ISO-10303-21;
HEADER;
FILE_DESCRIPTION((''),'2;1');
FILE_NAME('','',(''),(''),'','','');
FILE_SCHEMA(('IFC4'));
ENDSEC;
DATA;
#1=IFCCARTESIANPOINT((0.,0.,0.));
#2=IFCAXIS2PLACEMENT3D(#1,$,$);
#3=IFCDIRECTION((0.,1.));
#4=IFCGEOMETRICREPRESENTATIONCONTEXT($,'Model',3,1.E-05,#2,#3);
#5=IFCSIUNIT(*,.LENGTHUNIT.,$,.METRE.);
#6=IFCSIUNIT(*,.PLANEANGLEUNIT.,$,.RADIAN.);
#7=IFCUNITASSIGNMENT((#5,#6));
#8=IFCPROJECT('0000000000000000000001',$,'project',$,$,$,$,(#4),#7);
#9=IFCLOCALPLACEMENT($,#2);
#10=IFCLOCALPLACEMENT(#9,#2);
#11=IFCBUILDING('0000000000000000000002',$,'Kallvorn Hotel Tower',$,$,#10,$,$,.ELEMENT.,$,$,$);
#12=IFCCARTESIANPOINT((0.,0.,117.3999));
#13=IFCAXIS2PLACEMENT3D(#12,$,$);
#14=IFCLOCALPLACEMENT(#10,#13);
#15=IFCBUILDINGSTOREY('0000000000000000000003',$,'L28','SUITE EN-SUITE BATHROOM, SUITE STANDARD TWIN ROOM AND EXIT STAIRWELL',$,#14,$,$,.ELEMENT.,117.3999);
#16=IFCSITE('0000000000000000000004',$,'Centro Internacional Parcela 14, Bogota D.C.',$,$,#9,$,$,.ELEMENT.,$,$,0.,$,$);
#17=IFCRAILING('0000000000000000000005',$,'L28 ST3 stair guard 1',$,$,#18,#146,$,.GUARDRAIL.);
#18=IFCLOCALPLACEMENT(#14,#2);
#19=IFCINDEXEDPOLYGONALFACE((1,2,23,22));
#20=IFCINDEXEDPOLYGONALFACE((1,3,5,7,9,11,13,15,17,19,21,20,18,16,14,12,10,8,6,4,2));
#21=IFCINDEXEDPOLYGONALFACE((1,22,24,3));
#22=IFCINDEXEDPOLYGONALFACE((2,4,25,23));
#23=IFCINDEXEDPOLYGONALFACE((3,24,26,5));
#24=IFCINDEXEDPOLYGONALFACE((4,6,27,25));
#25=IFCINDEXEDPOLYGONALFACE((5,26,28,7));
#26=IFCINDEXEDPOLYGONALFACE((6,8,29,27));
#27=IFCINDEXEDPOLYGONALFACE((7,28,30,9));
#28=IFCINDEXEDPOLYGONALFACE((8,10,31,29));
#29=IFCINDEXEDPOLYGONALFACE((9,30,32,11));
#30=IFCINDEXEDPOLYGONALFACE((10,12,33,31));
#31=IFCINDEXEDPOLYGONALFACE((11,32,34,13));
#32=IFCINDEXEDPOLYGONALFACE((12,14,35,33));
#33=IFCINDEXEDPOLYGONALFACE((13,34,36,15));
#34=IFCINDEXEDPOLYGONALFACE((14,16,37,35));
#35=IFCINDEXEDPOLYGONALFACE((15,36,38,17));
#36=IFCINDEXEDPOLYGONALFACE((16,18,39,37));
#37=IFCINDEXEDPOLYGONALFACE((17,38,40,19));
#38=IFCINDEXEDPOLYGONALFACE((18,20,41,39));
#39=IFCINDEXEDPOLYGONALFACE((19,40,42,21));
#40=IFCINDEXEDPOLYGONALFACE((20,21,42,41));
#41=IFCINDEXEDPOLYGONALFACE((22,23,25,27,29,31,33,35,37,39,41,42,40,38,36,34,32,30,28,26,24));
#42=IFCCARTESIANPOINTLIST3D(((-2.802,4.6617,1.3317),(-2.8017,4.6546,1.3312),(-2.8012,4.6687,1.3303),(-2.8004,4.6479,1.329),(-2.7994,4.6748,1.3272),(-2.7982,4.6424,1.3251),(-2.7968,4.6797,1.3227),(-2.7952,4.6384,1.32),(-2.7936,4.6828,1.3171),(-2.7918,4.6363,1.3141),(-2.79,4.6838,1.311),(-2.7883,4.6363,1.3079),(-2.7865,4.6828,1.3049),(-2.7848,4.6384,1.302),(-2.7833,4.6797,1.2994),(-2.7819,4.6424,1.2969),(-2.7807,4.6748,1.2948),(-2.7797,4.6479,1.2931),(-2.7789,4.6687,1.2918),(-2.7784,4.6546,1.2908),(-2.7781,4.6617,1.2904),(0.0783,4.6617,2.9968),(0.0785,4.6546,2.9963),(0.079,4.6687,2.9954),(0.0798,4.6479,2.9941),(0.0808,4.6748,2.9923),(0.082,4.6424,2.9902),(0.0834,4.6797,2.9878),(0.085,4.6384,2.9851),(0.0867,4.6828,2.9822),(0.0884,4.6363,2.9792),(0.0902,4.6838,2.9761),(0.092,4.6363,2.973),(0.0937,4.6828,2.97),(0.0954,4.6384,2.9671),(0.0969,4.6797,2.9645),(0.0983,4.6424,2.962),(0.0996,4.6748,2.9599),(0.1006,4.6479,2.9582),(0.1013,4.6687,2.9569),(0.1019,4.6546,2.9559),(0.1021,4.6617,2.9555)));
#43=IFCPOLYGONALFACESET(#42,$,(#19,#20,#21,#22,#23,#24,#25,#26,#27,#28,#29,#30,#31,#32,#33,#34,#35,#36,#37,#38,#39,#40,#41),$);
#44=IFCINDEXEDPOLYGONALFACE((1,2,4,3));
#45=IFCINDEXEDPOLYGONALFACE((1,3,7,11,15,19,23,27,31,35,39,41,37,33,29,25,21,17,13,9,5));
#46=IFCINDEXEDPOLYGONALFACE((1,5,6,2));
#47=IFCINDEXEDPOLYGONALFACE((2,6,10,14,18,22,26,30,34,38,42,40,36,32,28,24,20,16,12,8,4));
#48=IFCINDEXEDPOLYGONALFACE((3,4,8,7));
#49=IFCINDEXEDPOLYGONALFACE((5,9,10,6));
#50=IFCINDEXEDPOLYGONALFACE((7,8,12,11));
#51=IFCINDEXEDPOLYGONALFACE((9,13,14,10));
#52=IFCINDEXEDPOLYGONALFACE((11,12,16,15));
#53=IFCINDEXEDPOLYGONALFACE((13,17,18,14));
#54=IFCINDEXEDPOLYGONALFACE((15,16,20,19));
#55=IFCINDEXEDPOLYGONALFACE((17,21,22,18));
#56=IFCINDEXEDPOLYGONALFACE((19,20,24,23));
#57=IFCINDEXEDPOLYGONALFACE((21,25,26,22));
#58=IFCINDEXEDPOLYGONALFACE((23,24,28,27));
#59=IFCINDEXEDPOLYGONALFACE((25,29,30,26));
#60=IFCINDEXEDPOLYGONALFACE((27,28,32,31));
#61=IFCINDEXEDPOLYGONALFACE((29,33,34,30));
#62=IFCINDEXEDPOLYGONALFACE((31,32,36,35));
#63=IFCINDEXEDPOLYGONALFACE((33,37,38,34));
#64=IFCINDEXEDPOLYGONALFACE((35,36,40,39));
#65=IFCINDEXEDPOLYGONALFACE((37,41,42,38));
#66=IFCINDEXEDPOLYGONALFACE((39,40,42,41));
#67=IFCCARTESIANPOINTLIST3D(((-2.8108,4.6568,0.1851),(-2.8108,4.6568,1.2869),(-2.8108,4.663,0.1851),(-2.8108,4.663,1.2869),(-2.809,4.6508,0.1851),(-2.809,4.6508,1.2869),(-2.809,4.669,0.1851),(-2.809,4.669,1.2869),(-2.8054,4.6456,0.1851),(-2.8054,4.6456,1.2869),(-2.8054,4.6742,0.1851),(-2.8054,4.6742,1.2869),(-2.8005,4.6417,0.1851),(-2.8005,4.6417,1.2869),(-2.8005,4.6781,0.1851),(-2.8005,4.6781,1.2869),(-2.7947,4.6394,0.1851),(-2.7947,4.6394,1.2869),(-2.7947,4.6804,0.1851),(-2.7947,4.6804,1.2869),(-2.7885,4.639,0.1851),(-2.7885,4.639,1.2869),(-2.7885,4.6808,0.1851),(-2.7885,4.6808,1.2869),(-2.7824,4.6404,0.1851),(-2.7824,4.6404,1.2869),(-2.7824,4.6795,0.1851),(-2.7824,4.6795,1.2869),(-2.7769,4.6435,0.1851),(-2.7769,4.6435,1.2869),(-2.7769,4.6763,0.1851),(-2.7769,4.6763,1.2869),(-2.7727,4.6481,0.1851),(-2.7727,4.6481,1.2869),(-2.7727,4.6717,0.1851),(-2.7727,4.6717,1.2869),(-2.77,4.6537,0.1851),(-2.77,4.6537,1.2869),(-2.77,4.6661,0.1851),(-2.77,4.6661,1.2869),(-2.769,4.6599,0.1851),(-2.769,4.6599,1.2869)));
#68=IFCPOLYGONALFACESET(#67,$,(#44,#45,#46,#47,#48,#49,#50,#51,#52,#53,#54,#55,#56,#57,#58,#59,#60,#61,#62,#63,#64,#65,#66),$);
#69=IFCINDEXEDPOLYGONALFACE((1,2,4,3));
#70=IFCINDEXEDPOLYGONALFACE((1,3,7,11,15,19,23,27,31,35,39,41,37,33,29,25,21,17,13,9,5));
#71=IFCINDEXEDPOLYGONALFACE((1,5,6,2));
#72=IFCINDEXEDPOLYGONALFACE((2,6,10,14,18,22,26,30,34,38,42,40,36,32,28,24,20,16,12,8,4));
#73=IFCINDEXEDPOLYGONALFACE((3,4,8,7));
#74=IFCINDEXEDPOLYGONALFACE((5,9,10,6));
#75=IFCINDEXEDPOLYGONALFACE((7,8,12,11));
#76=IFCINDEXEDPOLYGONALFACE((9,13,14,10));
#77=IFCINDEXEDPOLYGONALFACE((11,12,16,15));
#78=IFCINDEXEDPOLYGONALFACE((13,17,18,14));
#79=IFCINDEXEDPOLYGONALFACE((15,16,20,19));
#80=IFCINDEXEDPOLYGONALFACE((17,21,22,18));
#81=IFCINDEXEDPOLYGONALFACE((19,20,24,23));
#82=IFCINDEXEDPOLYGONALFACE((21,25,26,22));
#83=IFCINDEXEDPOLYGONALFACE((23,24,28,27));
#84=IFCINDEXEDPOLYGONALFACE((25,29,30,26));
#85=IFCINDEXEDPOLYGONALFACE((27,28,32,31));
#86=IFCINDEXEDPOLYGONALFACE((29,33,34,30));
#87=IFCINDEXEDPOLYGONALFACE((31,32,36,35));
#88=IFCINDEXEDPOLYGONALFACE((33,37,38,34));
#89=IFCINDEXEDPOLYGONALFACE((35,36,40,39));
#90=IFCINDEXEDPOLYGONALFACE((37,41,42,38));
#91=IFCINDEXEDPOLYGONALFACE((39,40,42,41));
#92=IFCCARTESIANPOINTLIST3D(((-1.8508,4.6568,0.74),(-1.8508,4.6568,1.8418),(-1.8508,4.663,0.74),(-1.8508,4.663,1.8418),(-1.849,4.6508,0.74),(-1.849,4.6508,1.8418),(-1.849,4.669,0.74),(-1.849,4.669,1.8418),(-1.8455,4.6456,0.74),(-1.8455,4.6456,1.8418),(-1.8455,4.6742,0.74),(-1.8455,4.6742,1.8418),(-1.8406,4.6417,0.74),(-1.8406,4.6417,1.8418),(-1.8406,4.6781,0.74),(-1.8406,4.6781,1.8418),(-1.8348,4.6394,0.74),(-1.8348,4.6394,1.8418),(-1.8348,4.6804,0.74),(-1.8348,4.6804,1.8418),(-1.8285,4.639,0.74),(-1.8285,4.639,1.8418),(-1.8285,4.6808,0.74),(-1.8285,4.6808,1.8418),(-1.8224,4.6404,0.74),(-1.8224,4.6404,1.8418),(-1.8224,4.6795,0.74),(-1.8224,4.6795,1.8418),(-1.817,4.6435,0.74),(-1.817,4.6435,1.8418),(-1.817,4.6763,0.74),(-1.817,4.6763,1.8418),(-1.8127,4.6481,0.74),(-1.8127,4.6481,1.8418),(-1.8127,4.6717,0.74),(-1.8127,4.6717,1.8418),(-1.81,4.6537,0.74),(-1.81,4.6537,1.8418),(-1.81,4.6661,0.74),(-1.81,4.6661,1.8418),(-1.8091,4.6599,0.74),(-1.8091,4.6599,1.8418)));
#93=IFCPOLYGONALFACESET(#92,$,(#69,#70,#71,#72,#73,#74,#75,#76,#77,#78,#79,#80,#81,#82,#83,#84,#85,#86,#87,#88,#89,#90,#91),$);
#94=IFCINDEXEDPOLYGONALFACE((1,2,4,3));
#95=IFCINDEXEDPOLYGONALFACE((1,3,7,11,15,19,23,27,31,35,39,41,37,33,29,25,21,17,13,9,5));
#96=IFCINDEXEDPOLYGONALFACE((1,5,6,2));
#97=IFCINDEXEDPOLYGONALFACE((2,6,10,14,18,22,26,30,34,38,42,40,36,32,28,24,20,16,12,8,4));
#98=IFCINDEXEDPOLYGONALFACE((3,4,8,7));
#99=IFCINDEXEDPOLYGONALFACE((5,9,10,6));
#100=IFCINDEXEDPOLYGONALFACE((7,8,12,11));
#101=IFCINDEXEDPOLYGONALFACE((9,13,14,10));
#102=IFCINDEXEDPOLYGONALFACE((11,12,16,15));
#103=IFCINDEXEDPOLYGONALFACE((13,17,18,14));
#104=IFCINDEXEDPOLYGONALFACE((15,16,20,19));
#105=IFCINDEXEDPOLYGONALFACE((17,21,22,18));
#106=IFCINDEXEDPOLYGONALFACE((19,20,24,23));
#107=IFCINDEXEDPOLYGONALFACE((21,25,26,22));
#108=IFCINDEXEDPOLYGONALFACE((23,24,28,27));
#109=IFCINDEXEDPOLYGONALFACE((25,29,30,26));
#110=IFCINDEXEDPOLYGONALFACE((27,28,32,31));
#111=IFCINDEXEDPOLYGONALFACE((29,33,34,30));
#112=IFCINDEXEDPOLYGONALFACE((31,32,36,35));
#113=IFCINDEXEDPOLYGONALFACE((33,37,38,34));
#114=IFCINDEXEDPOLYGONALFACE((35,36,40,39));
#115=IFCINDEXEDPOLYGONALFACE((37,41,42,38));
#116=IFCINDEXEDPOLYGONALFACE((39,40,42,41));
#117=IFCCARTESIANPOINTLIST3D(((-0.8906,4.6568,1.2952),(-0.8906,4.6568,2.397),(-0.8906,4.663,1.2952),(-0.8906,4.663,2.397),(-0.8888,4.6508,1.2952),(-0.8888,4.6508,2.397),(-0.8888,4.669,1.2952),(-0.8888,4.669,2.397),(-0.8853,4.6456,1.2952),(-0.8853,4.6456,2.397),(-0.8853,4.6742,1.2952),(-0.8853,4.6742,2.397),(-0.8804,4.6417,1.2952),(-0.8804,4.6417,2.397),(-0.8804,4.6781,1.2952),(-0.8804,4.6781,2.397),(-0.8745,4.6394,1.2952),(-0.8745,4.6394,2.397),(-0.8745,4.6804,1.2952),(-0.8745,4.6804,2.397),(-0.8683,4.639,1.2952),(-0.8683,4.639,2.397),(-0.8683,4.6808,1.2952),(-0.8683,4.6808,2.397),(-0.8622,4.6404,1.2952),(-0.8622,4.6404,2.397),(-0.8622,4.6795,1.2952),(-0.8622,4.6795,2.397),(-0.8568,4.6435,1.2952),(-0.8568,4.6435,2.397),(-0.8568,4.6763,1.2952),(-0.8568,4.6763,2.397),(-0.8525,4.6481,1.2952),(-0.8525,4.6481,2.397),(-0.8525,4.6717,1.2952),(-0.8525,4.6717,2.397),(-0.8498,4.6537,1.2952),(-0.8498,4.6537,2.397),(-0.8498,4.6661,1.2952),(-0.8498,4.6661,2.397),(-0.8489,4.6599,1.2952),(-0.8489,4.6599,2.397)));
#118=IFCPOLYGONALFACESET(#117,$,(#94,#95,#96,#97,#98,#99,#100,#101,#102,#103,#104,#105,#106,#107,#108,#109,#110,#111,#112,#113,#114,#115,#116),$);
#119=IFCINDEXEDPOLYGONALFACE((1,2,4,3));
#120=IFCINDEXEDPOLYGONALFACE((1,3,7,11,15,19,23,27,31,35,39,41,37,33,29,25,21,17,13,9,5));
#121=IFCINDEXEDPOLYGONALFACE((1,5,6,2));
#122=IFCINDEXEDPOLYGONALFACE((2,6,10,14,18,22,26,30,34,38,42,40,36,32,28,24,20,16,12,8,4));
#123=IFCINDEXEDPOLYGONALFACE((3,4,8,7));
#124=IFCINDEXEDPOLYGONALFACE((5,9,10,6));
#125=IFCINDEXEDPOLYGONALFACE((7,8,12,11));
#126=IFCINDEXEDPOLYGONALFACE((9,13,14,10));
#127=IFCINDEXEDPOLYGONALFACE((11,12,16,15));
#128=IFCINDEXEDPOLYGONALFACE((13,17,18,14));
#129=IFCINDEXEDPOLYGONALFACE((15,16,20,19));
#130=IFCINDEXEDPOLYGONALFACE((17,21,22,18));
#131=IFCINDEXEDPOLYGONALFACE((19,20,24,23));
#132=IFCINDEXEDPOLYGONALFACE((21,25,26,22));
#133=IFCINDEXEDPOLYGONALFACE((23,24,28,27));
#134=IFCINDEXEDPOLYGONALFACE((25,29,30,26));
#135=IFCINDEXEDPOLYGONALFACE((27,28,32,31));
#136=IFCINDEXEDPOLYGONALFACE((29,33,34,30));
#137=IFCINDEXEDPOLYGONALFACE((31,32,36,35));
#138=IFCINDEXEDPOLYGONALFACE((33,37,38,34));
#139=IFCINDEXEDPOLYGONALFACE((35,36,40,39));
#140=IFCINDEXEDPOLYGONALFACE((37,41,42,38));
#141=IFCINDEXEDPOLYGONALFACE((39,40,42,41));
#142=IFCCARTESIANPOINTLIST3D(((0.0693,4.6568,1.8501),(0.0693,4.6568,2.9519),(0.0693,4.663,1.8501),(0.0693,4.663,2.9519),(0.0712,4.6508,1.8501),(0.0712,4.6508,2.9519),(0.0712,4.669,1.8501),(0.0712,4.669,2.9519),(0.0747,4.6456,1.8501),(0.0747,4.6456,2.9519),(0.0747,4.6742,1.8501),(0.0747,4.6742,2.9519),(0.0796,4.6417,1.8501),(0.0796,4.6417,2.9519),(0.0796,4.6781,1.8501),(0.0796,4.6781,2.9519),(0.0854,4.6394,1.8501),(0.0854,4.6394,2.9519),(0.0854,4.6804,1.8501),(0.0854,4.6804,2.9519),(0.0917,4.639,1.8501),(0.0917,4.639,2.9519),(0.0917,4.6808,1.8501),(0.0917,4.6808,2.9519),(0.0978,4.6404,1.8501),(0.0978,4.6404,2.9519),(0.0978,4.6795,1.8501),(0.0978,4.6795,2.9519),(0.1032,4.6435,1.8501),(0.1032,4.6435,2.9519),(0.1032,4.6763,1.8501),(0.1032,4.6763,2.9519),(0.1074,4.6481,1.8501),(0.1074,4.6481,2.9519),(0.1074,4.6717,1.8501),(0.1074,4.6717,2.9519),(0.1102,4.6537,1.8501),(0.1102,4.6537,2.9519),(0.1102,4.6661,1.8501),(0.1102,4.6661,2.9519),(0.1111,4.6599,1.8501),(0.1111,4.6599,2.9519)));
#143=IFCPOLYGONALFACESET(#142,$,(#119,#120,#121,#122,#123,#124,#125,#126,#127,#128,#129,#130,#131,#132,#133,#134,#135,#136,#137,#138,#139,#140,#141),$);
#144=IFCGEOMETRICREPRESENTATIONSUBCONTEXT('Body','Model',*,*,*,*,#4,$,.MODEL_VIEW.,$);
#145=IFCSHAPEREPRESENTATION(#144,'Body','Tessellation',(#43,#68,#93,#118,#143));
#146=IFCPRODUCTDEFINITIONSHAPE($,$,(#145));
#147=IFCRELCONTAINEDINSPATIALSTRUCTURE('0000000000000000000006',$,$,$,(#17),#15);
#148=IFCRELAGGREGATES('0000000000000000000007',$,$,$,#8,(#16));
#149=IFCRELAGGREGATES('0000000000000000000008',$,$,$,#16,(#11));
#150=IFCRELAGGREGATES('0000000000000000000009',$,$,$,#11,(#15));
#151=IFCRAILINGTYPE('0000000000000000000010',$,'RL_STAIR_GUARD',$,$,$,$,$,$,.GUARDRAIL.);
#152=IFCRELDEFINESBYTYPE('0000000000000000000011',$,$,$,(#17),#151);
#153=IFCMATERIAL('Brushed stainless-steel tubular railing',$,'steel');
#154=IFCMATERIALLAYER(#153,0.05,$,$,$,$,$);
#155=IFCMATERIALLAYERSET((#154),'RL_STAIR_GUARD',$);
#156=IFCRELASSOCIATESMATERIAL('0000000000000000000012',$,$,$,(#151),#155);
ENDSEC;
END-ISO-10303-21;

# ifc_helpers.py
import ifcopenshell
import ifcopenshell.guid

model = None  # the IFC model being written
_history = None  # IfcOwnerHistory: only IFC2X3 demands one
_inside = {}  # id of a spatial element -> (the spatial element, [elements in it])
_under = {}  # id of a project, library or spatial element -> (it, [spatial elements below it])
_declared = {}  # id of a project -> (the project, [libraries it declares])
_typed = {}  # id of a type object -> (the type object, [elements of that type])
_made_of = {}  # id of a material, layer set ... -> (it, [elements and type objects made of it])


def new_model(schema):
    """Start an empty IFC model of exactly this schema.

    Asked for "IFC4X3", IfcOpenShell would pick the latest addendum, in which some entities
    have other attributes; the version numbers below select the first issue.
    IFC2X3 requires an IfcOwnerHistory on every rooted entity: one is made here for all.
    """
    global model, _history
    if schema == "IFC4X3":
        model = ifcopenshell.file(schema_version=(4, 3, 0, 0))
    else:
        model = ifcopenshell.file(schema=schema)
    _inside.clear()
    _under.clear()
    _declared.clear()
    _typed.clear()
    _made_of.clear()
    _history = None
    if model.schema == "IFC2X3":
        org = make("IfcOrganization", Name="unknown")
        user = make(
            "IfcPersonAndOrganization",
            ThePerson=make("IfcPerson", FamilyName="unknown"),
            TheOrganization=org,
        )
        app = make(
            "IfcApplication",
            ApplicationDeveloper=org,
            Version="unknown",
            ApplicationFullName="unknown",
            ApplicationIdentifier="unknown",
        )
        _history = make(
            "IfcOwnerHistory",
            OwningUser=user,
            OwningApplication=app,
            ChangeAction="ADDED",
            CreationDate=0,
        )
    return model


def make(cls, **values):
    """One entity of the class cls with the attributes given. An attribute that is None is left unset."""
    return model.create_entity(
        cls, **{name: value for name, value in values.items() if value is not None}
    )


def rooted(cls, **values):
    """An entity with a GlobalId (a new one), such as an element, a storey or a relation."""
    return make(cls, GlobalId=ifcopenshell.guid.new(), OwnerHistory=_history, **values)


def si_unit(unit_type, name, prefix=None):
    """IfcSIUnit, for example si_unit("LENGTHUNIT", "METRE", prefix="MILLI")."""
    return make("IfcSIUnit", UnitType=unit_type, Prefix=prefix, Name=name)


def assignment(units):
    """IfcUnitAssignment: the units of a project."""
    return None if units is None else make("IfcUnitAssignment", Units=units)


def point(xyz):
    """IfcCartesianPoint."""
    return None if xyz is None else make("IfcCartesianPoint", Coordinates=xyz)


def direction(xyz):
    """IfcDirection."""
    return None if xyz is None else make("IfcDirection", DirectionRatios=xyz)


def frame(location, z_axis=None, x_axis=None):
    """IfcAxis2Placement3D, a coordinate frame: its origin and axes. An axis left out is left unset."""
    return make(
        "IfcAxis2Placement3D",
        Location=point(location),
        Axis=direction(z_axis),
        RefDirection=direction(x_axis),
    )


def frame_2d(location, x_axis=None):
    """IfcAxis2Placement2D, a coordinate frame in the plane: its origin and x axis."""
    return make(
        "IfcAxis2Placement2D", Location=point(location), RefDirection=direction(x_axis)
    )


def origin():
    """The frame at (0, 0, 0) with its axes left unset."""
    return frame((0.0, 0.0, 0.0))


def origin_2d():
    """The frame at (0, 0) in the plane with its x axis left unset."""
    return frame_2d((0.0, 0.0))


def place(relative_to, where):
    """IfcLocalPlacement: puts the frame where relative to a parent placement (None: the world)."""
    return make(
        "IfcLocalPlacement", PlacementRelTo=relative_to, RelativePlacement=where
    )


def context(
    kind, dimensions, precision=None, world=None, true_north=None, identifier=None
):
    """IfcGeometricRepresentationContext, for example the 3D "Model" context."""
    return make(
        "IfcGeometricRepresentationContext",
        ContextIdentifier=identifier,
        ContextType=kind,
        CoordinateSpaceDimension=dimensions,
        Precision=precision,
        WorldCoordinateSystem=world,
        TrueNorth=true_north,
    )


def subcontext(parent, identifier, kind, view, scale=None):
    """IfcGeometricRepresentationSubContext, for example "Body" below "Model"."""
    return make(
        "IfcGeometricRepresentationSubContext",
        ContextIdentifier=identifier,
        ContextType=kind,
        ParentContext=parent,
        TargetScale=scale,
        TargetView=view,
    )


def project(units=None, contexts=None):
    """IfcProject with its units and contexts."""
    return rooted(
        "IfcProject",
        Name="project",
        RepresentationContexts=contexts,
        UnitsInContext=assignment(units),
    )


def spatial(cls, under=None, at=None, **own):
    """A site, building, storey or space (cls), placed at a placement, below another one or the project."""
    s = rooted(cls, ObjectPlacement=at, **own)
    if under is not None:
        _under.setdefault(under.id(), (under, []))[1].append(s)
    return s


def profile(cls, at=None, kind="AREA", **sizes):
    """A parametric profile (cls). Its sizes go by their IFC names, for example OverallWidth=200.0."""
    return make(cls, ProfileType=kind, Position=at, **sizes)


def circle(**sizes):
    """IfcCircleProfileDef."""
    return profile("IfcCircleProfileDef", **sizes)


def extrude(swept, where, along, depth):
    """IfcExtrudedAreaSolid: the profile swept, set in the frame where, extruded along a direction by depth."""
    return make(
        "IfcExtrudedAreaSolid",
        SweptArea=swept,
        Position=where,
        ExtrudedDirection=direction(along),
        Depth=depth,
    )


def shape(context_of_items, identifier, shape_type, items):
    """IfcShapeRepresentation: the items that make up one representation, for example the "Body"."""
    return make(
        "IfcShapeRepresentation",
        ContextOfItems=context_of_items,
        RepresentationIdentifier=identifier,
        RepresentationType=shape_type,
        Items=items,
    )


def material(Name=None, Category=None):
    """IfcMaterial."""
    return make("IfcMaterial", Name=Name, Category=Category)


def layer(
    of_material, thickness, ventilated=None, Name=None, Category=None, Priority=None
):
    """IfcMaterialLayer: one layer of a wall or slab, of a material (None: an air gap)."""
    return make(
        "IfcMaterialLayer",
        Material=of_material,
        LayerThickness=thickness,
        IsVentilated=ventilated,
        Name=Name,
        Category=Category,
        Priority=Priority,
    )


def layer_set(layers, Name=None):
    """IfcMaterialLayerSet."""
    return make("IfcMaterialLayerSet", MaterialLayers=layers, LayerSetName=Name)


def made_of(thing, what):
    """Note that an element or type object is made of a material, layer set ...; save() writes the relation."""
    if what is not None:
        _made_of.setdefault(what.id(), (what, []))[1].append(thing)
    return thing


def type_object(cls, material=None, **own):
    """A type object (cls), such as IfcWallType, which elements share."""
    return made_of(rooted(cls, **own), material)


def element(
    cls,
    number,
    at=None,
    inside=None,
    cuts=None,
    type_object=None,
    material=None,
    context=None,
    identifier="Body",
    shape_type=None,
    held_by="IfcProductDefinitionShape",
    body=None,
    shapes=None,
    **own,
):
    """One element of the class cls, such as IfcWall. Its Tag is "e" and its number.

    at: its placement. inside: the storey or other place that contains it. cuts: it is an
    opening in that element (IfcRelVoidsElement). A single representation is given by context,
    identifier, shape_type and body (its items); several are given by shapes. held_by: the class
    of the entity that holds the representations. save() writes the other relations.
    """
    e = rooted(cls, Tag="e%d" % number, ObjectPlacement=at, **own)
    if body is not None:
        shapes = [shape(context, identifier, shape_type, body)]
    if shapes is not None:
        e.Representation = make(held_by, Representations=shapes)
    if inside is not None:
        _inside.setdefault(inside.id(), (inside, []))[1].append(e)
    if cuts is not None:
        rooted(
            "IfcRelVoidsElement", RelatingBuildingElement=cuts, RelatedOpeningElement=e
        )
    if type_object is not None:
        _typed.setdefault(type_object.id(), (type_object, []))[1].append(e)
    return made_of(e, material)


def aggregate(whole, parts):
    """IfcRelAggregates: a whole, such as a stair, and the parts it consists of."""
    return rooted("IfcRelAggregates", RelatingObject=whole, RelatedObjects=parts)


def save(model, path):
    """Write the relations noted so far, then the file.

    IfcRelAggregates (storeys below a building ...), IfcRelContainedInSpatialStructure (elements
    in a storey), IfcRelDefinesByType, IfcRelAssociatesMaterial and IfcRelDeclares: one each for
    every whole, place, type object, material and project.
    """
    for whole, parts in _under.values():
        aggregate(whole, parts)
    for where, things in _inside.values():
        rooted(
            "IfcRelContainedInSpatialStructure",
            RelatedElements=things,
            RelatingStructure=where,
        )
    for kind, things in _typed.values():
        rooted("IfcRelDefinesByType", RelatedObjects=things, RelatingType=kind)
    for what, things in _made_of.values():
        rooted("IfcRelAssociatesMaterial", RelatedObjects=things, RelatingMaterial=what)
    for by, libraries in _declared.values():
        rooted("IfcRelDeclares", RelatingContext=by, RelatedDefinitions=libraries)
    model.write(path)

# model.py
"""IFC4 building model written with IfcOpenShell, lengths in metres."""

from ifc_helpers import new_model, si_unit, direction, frame, origin, origin_2d, place, context, subcontext, project, spatial, circle, extrude, material, layer, layer_set, type_object, element, save


model = new_model("IFC4")

# Units and contexts
model_context = context("Model", 3, precision=1e-05, world=origin(), true_north=direction((0.0, 1.0)))
body_context = subcontext(model_context, "Body", "Model", "MODEL_VIEW")
ifc_project = project(units=[si_unit("LENGTHUNIT", "METRE"), si_unit("PLANEANGLEUNIT", "RADIAN")], contexts=[model_context])

# Site, building, storey
site_placement = place(None, origin())
site = spatial("IfcSite", under=ifc_project, at=site_placement, Name="Centro Internacional Parcela 14, Bogota D.C.", CompositionType="ELEMENT", RefElevation=0.0)
building_placement = place(site_placement, origin())
building = spatial("IfcBuilding", under=site, at=building_placement, Name="Kallvorn Hotel Tower", CompositionType="ELEMENT")
storey_placement = place(building_placement, frame((0.0, 0.0, 117.3999)))
storey = spatial("IfcBuildingStorey", under=building, at=storey_placement, Name="L28", Description="SUITE EN-SUITE BATHROOM, SUITE STANDARD TWIN ROOM AND EXIT STAIRWELL", CompositionType="ELEMENT", Elevation=117.3999)

# Railing
ifc_material_1 = material(Name="Brushed stainless-steel tubular railing", Category="steel")
ifc_layer_1 = layer(ifc_material_1, 0.05)
ifc_layer_set_1 = layer_set([ifc_layer_1], Name="RL_STAIR_GUARD")
railing_type_1 = type_object("IfcRailingType", Name="RL_STAIR_GUARD", PredefinedType="GUARDRAIL", material=ifc_layer_set_1)
railing_1_placement = place(storey_placement, frame((-2.79, 4.6599, 0.1851)))
element("IfcRailing", 1, at=railing_1_placement, inside=storey, type_object=railing_type_1, Name="L28 ST3 stair guard 1", PredefinedType="GUARDRAIL", context=body_context, shape_type="SweptSolid", body=[
    extrude(circle(Radius=0.0239, at=origin_2d()), frame((0.0, 0.0, 1.126), z_axis=(0.865739, 0.0, 0.500495), x_axis=(0.0, 1.0, 0.0)), (0.0, 0.0, 1.0), 3.3269),
    extrude(circle(Radius=0.021, at=origin_2d()), origin(), (0.0, 0.0, 1.0), 1.1018),
    extrude(circle(Radius=0.021, at=origin_2d()), frame((0.96, 0.0, 0.5549)), (0.0, 0.0, 1.0), 1.1018),
    extrude(circle(Radius=0.021, at=origin_2d()), frame((1.9202, 0.0, 1.1101)), (0.0, 0.0, 1.0), 1.1018),
    extrude(circle(Radius=0.021, at=origin_2d()), frame((2.8801, 0.0, 1.665)), (0.0, 0.0, 1.0), 1.1018),
])

save(model, "model.ifc")
